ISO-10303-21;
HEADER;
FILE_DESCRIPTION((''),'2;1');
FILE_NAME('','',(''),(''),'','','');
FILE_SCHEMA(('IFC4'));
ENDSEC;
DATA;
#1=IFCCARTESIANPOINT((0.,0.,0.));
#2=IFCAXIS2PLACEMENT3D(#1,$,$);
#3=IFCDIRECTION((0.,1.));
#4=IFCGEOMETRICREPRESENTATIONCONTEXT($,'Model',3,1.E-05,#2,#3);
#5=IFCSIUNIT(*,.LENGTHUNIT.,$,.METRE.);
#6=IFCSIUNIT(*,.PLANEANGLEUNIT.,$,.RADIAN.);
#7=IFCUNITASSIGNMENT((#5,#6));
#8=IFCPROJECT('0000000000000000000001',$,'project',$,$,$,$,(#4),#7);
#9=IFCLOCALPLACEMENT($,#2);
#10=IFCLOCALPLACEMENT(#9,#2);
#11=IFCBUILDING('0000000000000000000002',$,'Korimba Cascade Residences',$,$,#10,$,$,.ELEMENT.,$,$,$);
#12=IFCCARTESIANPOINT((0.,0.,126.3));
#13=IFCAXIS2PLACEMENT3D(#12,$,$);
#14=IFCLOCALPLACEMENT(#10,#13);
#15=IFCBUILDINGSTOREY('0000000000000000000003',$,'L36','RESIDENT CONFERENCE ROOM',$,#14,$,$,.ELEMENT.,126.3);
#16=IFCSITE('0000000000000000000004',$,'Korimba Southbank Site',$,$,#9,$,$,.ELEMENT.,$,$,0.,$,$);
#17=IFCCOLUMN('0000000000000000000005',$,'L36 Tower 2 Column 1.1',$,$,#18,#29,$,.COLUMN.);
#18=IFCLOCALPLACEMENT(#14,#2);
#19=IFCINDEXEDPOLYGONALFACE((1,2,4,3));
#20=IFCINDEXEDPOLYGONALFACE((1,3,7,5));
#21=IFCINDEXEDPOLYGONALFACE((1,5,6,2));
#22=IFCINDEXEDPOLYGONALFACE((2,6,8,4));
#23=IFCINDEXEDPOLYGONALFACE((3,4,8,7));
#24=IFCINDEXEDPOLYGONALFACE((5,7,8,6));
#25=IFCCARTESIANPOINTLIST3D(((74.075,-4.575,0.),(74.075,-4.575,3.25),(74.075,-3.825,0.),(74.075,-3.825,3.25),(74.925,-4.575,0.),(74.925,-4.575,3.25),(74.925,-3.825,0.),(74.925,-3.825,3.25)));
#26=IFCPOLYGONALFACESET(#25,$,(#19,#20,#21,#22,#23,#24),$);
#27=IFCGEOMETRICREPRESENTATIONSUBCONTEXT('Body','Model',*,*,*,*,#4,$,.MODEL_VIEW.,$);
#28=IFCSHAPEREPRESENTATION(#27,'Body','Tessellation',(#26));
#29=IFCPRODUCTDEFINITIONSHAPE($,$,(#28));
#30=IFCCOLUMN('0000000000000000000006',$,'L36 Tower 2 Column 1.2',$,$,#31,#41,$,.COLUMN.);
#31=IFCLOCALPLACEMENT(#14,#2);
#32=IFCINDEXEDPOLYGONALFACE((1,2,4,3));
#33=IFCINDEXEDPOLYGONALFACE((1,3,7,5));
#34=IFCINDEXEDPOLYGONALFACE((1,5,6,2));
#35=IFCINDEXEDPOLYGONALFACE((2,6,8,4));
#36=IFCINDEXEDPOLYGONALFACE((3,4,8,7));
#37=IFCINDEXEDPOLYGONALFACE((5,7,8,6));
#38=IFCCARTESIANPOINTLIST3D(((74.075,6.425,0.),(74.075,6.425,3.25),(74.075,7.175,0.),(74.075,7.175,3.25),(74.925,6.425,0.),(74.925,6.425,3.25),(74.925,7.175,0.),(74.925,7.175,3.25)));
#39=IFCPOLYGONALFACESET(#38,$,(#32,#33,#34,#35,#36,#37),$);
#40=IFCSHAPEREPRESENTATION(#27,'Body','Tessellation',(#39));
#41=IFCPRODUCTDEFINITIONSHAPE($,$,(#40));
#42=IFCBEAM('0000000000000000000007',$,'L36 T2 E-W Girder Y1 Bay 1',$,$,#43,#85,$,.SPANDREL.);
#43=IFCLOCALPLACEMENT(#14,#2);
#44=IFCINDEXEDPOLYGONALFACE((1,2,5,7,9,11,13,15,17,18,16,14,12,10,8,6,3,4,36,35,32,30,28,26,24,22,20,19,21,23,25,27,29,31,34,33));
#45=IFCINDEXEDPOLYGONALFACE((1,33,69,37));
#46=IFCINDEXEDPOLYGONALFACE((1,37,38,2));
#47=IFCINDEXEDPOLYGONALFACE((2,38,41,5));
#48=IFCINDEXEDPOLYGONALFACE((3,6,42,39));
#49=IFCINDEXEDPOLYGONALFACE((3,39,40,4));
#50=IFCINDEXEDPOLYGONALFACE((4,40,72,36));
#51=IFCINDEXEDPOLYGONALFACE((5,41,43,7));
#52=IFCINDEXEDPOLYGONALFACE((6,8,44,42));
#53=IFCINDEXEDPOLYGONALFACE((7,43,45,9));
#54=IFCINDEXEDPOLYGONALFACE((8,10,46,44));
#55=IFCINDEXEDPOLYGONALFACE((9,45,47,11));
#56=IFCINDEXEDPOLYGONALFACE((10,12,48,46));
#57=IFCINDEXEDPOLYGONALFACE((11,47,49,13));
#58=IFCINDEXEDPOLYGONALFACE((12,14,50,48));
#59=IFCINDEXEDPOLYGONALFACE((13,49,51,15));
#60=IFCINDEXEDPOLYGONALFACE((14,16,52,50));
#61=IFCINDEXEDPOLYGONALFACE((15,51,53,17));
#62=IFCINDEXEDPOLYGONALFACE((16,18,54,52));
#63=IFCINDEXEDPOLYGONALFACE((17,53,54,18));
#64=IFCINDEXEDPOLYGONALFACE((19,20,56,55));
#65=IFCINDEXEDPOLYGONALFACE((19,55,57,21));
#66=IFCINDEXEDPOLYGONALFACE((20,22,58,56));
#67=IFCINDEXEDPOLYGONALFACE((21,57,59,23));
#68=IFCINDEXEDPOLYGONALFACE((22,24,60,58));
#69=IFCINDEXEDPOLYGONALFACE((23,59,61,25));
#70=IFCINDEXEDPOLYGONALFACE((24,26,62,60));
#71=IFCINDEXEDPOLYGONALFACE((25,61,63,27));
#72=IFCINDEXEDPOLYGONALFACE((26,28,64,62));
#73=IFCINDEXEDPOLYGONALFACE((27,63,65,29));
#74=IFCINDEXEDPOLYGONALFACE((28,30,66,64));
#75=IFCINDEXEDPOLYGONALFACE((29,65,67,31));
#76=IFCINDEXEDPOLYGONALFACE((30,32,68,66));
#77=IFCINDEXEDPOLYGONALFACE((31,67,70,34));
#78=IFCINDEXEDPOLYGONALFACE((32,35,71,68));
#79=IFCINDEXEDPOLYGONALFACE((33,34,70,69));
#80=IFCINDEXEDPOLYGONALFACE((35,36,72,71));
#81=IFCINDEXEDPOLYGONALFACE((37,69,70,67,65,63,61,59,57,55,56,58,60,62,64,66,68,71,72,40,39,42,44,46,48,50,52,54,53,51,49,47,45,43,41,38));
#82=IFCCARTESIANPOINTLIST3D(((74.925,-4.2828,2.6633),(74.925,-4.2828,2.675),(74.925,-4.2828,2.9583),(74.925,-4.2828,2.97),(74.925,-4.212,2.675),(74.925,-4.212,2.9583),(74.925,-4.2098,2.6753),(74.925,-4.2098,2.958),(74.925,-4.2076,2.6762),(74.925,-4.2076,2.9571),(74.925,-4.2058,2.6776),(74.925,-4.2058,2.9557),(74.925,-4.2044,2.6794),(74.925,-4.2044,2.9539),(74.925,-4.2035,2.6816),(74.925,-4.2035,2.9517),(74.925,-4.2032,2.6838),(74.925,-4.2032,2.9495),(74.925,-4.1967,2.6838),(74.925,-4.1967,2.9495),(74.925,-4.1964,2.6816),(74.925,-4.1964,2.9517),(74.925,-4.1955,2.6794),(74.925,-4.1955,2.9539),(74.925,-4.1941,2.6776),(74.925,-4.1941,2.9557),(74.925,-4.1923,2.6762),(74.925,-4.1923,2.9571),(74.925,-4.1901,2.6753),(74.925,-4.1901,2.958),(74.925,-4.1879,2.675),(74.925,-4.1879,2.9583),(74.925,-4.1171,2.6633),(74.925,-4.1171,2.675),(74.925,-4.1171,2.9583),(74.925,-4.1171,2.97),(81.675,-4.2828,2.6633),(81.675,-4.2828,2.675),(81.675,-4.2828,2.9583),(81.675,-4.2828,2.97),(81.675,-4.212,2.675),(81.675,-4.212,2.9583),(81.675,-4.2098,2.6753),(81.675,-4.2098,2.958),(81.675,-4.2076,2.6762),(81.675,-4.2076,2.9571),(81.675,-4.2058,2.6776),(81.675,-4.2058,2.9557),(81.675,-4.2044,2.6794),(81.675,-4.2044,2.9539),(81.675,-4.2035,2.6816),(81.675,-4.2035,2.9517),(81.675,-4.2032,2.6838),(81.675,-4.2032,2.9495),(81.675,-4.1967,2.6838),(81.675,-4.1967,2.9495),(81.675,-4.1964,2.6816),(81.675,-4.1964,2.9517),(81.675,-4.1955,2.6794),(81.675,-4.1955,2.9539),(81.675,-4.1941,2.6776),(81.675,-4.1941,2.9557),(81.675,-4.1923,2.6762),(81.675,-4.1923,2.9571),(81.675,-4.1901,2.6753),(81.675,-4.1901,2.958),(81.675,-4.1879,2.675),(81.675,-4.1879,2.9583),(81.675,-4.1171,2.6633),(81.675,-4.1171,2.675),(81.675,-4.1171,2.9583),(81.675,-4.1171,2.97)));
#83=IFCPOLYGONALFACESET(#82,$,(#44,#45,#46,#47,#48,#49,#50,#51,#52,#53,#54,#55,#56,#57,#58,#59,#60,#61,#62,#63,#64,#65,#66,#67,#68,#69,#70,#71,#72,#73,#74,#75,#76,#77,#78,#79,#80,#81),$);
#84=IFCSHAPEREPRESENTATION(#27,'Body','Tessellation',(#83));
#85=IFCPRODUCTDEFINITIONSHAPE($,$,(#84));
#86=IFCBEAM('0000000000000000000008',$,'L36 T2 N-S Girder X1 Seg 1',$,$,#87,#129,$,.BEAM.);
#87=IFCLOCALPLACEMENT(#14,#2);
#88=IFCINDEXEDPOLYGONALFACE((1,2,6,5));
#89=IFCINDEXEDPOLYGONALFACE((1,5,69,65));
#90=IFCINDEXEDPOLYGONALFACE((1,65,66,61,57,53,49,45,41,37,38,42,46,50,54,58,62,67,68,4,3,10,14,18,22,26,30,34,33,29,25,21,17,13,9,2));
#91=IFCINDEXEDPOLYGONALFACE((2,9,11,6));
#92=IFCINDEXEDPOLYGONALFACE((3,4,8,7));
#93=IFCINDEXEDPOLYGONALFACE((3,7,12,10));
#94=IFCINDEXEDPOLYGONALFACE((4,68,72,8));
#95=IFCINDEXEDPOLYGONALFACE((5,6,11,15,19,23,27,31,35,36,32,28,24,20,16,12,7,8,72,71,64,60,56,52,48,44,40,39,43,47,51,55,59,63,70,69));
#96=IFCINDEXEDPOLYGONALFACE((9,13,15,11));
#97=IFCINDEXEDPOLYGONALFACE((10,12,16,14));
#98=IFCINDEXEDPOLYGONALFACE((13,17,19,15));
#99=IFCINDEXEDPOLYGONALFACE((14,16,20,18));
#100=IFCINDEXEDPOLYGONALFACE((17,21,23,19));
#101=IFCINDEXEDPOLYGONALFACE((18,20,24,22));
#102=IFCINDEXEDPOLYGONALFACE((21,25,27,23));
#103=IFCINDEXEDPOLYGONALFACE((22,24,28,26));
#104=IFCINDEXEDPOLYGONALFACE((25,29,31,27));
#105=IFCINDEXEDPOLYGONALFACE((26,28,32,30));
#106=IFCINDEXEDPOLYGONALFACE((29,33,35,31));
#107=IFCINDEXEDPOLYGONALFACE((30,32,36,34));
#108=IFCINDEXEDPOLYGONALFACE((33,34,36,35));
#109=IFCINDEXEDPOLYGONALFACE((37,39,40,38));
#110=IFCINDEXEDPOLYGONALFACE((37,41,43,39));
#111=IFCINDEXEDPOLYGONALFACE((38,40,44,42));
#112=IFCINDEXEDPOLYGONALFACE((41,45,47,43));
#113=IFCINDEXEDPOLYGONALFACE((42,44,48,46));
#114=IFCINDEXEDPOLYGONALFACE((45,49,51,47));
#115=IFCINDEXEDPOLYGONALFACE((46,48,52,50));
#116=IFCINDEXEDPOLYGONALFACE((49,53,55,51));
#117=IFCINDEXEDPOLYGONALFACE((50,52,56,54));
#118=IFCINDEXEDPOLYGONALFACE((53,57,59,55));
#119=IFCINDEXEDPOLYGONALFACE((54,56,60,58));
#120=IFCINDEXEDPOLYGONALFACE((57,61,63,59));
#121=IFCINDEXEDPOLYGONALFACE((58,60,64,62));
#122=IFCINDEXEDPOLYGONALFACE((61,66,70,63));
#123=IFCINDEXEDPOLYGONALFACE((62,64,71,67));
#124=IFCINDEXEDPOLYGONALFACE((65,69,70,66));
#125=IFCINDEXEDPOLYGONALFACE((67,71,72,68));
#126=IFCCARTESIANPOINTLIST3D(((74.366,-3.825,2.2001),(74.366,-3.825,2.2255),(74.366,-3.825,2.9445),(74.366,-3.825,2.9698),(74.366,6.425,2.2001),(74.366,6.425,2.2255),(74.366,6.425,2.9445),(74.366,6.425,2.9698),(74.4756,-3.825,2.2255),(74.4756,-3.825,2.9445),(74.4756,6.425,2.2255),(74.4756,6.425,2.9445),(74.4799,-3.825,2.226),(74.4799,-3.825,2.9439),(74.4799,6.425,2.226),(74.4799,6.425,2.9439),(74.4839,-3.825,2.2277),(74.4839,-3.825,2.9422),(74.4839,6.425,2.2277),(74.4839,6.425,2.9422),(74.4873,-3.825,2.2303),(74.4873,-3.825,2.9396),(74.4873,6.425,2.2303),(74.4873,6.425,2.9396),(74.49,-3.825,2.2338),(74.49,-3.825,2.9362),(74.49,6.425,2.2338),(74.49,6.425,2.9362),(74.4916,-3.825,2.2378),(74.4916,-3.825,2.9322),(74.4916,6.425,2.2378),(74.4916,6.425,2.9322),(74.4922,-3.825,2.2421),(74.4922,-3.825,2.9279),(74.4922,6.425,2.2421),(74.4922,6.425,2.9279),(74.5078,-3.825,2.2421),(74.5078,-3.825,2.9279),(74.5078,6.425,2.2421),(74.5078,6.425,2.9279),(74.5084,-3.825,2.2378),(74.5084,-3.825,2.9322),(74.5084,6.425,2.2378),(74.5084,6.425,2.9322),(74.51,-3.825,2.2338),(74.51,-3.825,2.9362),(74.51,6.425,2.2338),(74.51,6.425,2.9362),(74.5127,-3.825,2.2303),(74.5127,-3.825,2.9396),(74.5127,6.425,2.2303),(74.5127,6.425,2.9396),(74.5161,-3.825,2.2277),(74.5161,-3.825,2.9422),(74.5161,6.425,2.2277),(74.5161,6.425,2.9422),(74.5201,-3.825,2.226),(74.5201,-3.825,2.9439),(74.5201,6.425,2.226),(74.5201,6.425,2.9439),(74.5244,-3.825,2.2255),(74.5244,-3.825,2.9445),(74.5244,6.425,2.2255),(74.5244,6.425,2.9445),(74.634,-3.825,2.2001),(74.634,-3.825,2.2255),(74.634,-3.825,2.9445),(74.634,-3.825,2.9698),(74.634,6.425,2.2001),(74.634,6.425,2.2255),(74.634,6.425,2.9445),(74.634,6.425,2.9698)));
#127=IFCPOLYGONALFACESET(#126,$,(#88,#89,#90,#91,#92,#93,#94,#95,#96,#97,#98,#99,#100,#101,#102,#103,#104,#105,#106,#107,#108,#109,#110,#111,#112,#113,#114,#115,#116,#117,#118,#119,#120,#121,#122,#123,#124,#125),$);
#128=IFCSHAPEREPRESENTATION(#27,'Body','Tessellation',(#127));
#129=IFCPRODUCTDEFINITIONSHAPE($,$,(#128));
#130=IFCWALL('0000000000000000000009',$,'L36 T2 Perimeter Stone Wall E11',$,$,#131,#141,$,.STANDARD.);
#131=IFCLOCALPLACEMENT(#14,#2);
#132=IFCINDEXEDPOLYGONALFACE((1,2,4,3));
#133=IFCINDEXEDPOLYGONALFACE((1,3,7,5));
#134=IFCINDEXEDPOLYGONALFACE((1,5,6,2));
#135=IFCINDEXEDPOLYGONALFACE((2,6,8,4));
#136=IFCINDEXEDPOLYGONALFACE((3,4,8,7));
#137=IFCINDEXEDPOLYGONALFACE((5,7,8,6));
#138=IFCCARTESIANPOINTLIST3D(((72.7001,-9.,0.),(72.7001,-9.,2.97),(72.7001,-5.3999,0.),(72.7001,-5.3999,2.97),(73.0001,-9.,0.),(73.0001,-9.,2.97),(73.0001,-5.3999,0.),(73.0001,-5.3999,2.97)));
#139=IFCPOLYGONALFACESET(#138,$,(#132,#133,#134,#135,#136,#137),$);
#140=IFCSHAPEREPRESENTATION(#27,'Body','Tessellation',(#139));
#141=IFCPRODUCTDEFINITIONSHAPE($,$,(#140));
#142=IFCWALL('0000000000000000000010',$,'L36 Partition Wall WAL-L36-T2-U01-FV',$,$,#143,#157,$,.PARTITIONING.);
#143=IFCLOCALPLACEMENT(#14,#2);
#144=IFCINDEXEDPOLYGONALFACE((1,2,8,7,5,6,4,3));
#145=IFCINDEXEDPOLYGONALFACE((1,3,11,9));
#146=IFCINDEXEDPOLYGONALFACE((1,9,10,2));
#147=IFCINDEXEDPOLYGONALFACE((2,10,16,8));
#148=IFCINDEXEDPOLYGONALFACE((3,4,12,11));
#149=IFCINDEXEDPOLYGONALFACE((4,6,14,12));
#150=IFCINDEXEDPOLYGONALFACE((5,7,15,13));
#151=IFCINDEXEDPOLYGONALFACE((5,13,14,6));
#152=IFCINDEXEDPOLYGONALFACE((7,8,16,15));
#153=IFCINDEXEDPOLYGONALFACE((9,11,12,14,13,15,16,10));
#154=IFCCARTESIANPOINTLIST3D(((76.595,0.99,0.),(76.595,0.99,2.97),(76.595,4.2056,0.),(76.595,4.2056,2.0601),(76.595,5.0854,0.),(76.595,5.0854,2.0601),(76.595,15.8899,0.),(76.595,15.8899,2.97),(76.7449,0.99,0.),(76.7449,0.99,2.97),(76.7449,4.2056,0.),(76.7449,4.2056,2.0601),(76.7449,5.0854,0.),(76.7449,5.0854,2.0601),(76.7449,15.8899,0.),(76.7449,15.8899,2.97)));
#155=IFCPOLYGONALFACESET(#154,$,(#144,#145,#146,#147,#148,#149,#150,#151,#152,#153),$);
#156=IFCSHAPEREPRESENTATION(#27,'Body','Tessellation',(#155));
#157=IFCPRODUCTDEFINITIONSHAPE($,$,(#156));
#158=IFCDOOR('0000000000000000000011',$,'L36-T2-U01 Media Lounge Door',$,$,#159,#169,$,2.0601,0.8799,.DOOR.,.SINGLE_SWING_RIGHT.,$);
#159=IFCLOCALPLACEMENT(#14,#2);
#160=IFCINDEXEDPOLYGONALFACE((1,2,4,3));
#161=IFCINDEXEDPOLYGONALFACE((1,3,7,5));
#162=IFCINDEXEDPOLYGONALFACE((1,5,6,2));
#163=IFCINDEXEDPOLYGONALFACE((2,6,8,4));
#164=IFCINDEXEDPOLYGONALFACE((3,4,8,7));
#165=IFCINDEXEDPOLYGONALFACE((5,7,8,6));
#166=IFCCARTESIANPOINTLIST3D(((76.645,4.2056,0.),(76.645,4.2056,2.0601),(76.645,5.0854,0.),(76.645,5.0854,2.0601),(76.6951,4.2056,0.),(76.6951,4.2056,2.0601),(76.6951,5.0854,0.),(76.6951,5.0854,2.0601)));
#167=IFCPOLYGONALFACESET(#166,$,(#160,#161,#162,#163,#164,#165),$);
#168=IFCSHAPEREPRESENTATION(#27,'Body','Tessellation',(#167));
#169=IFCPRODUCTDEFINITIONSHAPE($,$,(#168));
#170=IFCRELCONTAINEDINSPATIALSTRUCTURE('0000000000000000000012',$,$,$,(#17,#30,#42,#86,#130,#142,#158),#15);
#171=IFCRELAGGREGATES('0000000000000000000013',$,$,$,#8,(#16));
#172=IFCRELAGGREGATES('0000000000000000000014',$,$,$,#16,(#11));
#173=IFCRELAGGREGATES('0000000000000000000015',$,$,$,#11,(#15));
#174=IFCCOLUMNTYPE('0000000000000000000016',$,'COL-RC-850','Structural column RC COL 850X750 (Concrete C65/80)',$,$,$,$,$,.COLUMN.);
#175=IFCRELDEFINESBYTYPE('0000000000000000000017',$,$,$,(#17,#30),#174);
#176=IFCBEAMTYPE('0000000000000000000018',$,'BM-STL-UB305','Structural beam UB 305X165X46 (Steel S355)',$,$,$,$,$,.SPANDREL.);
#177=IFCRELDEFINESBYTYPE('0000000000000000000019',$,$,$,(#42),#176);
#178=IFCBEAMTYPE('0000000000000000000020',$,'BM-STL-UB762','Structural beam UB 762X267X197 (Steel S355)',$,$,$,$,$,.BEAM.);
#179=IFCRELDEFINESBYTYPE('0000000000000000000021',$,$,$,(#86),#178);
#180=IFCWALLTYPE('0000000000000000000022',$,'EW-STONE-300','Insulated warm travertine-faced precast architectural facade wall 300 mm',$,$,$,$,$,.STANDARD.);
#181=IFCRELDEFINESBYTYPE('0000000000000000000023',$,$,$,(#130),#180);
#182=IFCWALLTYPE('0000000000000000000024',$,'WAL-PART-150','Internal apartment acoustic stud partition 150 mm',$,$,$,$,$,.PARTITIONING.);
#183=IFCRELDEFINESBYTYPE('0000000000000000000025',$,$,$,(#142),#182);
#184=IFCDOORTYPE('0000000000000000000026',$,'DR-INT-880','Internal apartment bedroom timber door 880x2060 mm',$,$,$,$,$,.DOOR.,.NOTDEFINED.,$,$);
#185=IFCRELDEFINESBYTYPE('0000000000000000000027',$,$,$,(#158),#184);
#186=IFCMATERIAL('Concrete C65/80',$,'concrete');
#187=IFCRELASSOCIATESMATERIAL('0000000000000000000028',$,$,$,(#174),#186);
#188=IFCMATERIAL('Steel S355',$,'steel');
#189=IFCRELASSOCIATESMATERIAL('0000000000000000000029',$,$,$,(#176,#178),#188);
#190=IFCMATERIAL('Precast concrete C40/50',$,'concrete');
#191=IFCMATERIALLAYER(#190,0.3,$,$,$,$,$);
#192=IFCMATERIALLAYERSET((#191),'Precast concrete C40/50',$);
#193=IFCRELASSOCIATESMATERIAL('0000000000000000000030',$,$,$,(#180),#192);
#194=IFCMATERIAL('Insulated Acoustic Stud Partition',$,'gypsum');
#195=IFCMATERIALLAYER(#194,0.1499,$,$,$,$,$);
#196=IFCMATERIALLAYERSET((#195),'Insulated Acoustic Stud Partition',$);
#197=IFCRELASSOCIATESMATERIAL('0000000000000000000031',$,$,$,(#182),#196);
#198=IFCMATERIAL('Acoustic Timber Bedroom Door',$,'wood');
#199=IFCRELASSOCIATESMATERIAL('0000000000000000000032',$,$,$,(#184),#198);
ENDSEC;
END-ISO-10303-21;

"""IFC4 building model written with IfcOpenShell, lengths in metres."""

from ifc_helpers import new_model, si_unit, direction, frame, frame_2d, origin, origin_2d, place, context, subcontext, project, spatial, rectangle, i_section, extrude, material, layer, layer_set, material_profile, profile_set, type_object, element, fill, save


model = new_model("IFC4")

# Units and contexts
model_context = context("Model", 3, precision=1e-05, world=origin(), true_north=direction((0.0, 1.0)))
body_context = subcontext(model_context, "Body", "Model", "MODEL_VIEW")
ifc_project = project(units=[si_unit("LENGTHUNIT", "METRE"), si_unit("PLANEANGLEUNIT", "RADIAN")], contexts=[model_context])

# Site, building, storey
site_placement = place(None, origin())
site = spatial("IfcSite", under=ifc_project, at=site_placement, Name="Korimba Southbank Site", CompositionType="ELEMENT", RefElevation=0.0)
building_placement = place(site_placement, origin())
building = spatial("IfcBuilding", under=site, at=building_placement, Name="Korimba Cascade Residences", CompositionType="ELEMENT")
storey_placement = place(building_placement, frame((0.0, 0.0, 126.3)))
storey = spatial("IfcBuildingStorey", under=building, at=storey_placement, Name="L36", Description="RESIDENT CONFERENCE ROOM", CompositionType="ELEMENT", Elevation=126.3)

# Columns
ifc_material_1 = material(Name="Concrete C65/80", Category="concrete")
ifc_material_profile_1 = material_profile(ifc_material_1, rectangle(XDim=0.8501, YDim=0.75, at=origin_2d()), Name="Concrete C65/80")
ifc_profile_set_1 = profile_set([ifc_material_profile_1], Name="Concrete C65/80")
column_type = type_object("IfcColumnType", Name="COL-RC-850", Description="Structural column RC COL 850X750 (Concrete C65/80)", PredefinedType="COLUMN", material=ifc_profile_set_1)
for number, where, z_axis, x_axis, name in (
    (1, (74.5, -4.2, 0.0), (0.0, 0.0, 1.0), (1.0, 0.0, 0.0), "L36 Tower 2 Column 1.1"),
    (2, (74.5, 6.8, 0.0), (0.0, 0.0, 1.0), (1.0, 0.0, 0.0), "L36 Tower 2 Column 1.2"),
):
    element("IfcColumn", number, at=place(storey_placement, frame(where, z_axis=z_axis, x_axis=x_axis)), inside=storey, type_object=column_type, Name=name, PredefinedType="COLUMN", context=body_context, shape_type="SweptSolid", body=[
        extrude(rectangle(XDim=0.8501, YDim=0.75, at=origin_2d()), origin(), (0.0, 0.0, 1.0), 3.25),
    ])

# Beams
ifc_material_2 = material(Name="Steel S355", Category="steel")
ifc_material_profile_2 = material_profile(ifc_material_2, i_section(OverallWidth=0.1658, OverallDepth=0.3066, WebThickness=0.0066, FlangeThickness=0.0117, FilletRadius=0.0088, at=origin_2d()), Name="Steel S355")
ifc_profile_set_2 = profile_set([ifc_material_profile_2], Name="Steel S355")
beam_type_1 = type_object("IfcBeamType", Name="BM-STL-UB305", Description="Structural beam UB 305X165X46 (Steel S355)", PredefinedType="SPANDREL", material=ifc_profile_set_2)
beam_1_placement = place(storey_placement, frame((74.925, -4.2, 2.8167), z_axis=(1.0, 0.0, 0.0), x_axis=(0.0, 1.0, 0.0)))
element("IfcBeam", 3, at=beam_1_placement, inside=storey, type_object=beam_type_1, Name="L36 T2 E-W Girder Y1 Bay 1", PredefinedType="SPANDREL", context=body_context, shape_type="SweptSolid", body=[
    extrude(i_section(OverallWidth=0.1658, OverallDepth=0.3066, WebThickness=0.0066, FlangeThickness=0.0117, FilletRadius=0.0088, at=origin_2d()), origin(), (0.0, 0.0, 1.0), 6.75),
])
ifc_material_profile_3 = material_profile(ifc_material_2, i_section(OverallWidth=0.2681, OverallDepth=0.7698, WebThickness=0.0156, FlangeThickness=0.0254, FilletRadius=0.0166, at=origin_2d()), Name="Steel S355")
ifc_profile_set_3 = profile_set([ifc_material_profile_3], Name="Steel S355")
beam_type_2 = type_object("IfcBeamType", Name="BM-STL-UB762", Description="Structural beam UB 762X267X197 (Steel S355)", PredefinedType="BEAM", material=ifc_profile_set_3)
beam_2_placement = place(storey_placement, frame((74.5, -3.825, 2.585), z_axis=(0.0, 1.0, 0.0), x_axis=(-1.0, 0.0, 0.0)))
element("IfcBeam", 4, at=beam_2_placement, inside=storey, type_object=beam_type_2, Name="L36 T2 N-S Girder X1 Seg 1", PredefinedType="BEAM", context=body_context, shape_type="SweptSolid", body=[
    extrude(i_section(OverallWidth=0.2681, OverallDepth=0.7698, WebThickness=0.0156, FlangeThickness=0.0254, FilletRadius=0.0166, at=origin_2d()), origin(), (0.0, 0.0, 1.0), 10.25),
])

# Wall
ifc_material_3 = material(Name="Precast concrete C40/50", Category="concrete")
ifc_layer_1 = layer(ifc_material_3, 0.3)
ifc_layer_set_1 = layer_set([ifc_layer_1], Name="Precast concrete C40/50")
wall_type_1 = type_object("IfcWallType", Name="EW-STONE-300", Description="Insulated warm travertine-faced precast architectural facade wall 300 mm", PredefinedType="STANDARD", material=ifc_layer_set_1)
wall_1_placement = place(storey_placement, frame((72.8501, -5.3999, 0.0), z_axis=(0.0, 0.0, 1.0), x_axis=(0.0, -1.0, 0.0)))
element("IfcWall", 5, at=wall_1_placement, inside=storey, type_object=wall_type_1, Name="L36 T2 Perimeter Stone Wall E11", PredefinedType="STANDARD", context=body_context, shape_type="SweptSolid", body=[
    extrude(rectangle(XDim=3.6001, YDim=0.3, at=frame_2d((1.8, 0.0))), origin(), (0.0, 0.0, 1.0), 2.97),
])

# Wall, opening, door
ifc_material_4 = material(Name="Insulated Acoustic Stud Partition", Category="gypsum")
ifc_layer_2 = layer(ifc_material_4, 0.1499)
ifc_layer_set_2 = layer_set([ifc_layer_2], Name="Insulated Acoustic Stud Partition")
wall_type_2 = type_object("IfcWallType", Name="WAL-PART-150", Description="Internal apartment acoustic stud partition 150 mm", PredefinedType="PARTITIONING", material=ifc_layer_set_2)
wall_2_placement = place(storey_placement, frame((76.6699, 0.99, 0.0), z_axis=(0.0, 0.0, 1.0), x_axis=(0.0, 1.0, 0.0)))
wall_2 = element("IfcWall", 6, at=wall_2_placement, inside=storey, type_object=wall_type_2, Name="L36 Partition Wall WAL-L36-T2-U01-FV", PredefinedType="PARTITIONING", context=body_context, shape_type="SweptSolid", body=[
    extrude(rectangle(XDim=14.8999, YDim=0.1499, at=frame_2d((7.45, 0.0))), origin(), (0.0, 0.0, 1.0), 2.97),
])
opening_1_placement = place(wall_2_placement, frame((3.2156, 0.0, 0.0)))
opening_1 = element("IfcOpeningElement", 7, at=opening_1_placement, cuts=wall_2, PredefinedType="OPENING", context=body_context, shape_type="SweptSolid", body=[
    extrude(rectangle(XDim=0.8799, YDim=2.0601, at=frame_2d((0.4399, 1.03))), frame((0.0, 0.085, 0.0), z_axis=(0.0, -1.0, 0.0), x_axis=(1.0, 0.0, 0.0)), (0.0, 0.0, 1.0), 0.1699),
])
ifc_material_5 = material(Name="Acoustic Timber Bedroom Door", Category="wood")
door_type_1 = type_object("IfcDoorType", Name="DR-INT-880", Description="Internal apartment bedroom timber door 880x2060 mm", OperationType="NOTDEFINED", PredefinedType="DOOR", material=ifc_material_5)
door_1_placement = place(opening_1_placement, origin())
door_1 = element("IfcDoor", 8, at=door_1_placement, inside=storey, type_object=door_type_1, Name="L36-T2-U01 Media Lounge Door", OperationType="SINGLE_SWING_RIGHT", OverallHeight=2.0601, OverallWidth=0.8799, PredefinedType="DOOR", context=body_context, shape_type="SweptSolid", body=[
    extrude(rectangle(XDim=0.8799, YDim=2.0601, at=frame_2d((0.4399, 1.03))), frame((0.0, 0.0249, 0.0), z_axis=(0.0, -1.0, 0.0), x_axis=(1.0, 0.0, 0.0)), (0.0, 0.0, 1.0), 0.05),
])
fill(opening_1, door_1)

save(model, "model.ifc")
